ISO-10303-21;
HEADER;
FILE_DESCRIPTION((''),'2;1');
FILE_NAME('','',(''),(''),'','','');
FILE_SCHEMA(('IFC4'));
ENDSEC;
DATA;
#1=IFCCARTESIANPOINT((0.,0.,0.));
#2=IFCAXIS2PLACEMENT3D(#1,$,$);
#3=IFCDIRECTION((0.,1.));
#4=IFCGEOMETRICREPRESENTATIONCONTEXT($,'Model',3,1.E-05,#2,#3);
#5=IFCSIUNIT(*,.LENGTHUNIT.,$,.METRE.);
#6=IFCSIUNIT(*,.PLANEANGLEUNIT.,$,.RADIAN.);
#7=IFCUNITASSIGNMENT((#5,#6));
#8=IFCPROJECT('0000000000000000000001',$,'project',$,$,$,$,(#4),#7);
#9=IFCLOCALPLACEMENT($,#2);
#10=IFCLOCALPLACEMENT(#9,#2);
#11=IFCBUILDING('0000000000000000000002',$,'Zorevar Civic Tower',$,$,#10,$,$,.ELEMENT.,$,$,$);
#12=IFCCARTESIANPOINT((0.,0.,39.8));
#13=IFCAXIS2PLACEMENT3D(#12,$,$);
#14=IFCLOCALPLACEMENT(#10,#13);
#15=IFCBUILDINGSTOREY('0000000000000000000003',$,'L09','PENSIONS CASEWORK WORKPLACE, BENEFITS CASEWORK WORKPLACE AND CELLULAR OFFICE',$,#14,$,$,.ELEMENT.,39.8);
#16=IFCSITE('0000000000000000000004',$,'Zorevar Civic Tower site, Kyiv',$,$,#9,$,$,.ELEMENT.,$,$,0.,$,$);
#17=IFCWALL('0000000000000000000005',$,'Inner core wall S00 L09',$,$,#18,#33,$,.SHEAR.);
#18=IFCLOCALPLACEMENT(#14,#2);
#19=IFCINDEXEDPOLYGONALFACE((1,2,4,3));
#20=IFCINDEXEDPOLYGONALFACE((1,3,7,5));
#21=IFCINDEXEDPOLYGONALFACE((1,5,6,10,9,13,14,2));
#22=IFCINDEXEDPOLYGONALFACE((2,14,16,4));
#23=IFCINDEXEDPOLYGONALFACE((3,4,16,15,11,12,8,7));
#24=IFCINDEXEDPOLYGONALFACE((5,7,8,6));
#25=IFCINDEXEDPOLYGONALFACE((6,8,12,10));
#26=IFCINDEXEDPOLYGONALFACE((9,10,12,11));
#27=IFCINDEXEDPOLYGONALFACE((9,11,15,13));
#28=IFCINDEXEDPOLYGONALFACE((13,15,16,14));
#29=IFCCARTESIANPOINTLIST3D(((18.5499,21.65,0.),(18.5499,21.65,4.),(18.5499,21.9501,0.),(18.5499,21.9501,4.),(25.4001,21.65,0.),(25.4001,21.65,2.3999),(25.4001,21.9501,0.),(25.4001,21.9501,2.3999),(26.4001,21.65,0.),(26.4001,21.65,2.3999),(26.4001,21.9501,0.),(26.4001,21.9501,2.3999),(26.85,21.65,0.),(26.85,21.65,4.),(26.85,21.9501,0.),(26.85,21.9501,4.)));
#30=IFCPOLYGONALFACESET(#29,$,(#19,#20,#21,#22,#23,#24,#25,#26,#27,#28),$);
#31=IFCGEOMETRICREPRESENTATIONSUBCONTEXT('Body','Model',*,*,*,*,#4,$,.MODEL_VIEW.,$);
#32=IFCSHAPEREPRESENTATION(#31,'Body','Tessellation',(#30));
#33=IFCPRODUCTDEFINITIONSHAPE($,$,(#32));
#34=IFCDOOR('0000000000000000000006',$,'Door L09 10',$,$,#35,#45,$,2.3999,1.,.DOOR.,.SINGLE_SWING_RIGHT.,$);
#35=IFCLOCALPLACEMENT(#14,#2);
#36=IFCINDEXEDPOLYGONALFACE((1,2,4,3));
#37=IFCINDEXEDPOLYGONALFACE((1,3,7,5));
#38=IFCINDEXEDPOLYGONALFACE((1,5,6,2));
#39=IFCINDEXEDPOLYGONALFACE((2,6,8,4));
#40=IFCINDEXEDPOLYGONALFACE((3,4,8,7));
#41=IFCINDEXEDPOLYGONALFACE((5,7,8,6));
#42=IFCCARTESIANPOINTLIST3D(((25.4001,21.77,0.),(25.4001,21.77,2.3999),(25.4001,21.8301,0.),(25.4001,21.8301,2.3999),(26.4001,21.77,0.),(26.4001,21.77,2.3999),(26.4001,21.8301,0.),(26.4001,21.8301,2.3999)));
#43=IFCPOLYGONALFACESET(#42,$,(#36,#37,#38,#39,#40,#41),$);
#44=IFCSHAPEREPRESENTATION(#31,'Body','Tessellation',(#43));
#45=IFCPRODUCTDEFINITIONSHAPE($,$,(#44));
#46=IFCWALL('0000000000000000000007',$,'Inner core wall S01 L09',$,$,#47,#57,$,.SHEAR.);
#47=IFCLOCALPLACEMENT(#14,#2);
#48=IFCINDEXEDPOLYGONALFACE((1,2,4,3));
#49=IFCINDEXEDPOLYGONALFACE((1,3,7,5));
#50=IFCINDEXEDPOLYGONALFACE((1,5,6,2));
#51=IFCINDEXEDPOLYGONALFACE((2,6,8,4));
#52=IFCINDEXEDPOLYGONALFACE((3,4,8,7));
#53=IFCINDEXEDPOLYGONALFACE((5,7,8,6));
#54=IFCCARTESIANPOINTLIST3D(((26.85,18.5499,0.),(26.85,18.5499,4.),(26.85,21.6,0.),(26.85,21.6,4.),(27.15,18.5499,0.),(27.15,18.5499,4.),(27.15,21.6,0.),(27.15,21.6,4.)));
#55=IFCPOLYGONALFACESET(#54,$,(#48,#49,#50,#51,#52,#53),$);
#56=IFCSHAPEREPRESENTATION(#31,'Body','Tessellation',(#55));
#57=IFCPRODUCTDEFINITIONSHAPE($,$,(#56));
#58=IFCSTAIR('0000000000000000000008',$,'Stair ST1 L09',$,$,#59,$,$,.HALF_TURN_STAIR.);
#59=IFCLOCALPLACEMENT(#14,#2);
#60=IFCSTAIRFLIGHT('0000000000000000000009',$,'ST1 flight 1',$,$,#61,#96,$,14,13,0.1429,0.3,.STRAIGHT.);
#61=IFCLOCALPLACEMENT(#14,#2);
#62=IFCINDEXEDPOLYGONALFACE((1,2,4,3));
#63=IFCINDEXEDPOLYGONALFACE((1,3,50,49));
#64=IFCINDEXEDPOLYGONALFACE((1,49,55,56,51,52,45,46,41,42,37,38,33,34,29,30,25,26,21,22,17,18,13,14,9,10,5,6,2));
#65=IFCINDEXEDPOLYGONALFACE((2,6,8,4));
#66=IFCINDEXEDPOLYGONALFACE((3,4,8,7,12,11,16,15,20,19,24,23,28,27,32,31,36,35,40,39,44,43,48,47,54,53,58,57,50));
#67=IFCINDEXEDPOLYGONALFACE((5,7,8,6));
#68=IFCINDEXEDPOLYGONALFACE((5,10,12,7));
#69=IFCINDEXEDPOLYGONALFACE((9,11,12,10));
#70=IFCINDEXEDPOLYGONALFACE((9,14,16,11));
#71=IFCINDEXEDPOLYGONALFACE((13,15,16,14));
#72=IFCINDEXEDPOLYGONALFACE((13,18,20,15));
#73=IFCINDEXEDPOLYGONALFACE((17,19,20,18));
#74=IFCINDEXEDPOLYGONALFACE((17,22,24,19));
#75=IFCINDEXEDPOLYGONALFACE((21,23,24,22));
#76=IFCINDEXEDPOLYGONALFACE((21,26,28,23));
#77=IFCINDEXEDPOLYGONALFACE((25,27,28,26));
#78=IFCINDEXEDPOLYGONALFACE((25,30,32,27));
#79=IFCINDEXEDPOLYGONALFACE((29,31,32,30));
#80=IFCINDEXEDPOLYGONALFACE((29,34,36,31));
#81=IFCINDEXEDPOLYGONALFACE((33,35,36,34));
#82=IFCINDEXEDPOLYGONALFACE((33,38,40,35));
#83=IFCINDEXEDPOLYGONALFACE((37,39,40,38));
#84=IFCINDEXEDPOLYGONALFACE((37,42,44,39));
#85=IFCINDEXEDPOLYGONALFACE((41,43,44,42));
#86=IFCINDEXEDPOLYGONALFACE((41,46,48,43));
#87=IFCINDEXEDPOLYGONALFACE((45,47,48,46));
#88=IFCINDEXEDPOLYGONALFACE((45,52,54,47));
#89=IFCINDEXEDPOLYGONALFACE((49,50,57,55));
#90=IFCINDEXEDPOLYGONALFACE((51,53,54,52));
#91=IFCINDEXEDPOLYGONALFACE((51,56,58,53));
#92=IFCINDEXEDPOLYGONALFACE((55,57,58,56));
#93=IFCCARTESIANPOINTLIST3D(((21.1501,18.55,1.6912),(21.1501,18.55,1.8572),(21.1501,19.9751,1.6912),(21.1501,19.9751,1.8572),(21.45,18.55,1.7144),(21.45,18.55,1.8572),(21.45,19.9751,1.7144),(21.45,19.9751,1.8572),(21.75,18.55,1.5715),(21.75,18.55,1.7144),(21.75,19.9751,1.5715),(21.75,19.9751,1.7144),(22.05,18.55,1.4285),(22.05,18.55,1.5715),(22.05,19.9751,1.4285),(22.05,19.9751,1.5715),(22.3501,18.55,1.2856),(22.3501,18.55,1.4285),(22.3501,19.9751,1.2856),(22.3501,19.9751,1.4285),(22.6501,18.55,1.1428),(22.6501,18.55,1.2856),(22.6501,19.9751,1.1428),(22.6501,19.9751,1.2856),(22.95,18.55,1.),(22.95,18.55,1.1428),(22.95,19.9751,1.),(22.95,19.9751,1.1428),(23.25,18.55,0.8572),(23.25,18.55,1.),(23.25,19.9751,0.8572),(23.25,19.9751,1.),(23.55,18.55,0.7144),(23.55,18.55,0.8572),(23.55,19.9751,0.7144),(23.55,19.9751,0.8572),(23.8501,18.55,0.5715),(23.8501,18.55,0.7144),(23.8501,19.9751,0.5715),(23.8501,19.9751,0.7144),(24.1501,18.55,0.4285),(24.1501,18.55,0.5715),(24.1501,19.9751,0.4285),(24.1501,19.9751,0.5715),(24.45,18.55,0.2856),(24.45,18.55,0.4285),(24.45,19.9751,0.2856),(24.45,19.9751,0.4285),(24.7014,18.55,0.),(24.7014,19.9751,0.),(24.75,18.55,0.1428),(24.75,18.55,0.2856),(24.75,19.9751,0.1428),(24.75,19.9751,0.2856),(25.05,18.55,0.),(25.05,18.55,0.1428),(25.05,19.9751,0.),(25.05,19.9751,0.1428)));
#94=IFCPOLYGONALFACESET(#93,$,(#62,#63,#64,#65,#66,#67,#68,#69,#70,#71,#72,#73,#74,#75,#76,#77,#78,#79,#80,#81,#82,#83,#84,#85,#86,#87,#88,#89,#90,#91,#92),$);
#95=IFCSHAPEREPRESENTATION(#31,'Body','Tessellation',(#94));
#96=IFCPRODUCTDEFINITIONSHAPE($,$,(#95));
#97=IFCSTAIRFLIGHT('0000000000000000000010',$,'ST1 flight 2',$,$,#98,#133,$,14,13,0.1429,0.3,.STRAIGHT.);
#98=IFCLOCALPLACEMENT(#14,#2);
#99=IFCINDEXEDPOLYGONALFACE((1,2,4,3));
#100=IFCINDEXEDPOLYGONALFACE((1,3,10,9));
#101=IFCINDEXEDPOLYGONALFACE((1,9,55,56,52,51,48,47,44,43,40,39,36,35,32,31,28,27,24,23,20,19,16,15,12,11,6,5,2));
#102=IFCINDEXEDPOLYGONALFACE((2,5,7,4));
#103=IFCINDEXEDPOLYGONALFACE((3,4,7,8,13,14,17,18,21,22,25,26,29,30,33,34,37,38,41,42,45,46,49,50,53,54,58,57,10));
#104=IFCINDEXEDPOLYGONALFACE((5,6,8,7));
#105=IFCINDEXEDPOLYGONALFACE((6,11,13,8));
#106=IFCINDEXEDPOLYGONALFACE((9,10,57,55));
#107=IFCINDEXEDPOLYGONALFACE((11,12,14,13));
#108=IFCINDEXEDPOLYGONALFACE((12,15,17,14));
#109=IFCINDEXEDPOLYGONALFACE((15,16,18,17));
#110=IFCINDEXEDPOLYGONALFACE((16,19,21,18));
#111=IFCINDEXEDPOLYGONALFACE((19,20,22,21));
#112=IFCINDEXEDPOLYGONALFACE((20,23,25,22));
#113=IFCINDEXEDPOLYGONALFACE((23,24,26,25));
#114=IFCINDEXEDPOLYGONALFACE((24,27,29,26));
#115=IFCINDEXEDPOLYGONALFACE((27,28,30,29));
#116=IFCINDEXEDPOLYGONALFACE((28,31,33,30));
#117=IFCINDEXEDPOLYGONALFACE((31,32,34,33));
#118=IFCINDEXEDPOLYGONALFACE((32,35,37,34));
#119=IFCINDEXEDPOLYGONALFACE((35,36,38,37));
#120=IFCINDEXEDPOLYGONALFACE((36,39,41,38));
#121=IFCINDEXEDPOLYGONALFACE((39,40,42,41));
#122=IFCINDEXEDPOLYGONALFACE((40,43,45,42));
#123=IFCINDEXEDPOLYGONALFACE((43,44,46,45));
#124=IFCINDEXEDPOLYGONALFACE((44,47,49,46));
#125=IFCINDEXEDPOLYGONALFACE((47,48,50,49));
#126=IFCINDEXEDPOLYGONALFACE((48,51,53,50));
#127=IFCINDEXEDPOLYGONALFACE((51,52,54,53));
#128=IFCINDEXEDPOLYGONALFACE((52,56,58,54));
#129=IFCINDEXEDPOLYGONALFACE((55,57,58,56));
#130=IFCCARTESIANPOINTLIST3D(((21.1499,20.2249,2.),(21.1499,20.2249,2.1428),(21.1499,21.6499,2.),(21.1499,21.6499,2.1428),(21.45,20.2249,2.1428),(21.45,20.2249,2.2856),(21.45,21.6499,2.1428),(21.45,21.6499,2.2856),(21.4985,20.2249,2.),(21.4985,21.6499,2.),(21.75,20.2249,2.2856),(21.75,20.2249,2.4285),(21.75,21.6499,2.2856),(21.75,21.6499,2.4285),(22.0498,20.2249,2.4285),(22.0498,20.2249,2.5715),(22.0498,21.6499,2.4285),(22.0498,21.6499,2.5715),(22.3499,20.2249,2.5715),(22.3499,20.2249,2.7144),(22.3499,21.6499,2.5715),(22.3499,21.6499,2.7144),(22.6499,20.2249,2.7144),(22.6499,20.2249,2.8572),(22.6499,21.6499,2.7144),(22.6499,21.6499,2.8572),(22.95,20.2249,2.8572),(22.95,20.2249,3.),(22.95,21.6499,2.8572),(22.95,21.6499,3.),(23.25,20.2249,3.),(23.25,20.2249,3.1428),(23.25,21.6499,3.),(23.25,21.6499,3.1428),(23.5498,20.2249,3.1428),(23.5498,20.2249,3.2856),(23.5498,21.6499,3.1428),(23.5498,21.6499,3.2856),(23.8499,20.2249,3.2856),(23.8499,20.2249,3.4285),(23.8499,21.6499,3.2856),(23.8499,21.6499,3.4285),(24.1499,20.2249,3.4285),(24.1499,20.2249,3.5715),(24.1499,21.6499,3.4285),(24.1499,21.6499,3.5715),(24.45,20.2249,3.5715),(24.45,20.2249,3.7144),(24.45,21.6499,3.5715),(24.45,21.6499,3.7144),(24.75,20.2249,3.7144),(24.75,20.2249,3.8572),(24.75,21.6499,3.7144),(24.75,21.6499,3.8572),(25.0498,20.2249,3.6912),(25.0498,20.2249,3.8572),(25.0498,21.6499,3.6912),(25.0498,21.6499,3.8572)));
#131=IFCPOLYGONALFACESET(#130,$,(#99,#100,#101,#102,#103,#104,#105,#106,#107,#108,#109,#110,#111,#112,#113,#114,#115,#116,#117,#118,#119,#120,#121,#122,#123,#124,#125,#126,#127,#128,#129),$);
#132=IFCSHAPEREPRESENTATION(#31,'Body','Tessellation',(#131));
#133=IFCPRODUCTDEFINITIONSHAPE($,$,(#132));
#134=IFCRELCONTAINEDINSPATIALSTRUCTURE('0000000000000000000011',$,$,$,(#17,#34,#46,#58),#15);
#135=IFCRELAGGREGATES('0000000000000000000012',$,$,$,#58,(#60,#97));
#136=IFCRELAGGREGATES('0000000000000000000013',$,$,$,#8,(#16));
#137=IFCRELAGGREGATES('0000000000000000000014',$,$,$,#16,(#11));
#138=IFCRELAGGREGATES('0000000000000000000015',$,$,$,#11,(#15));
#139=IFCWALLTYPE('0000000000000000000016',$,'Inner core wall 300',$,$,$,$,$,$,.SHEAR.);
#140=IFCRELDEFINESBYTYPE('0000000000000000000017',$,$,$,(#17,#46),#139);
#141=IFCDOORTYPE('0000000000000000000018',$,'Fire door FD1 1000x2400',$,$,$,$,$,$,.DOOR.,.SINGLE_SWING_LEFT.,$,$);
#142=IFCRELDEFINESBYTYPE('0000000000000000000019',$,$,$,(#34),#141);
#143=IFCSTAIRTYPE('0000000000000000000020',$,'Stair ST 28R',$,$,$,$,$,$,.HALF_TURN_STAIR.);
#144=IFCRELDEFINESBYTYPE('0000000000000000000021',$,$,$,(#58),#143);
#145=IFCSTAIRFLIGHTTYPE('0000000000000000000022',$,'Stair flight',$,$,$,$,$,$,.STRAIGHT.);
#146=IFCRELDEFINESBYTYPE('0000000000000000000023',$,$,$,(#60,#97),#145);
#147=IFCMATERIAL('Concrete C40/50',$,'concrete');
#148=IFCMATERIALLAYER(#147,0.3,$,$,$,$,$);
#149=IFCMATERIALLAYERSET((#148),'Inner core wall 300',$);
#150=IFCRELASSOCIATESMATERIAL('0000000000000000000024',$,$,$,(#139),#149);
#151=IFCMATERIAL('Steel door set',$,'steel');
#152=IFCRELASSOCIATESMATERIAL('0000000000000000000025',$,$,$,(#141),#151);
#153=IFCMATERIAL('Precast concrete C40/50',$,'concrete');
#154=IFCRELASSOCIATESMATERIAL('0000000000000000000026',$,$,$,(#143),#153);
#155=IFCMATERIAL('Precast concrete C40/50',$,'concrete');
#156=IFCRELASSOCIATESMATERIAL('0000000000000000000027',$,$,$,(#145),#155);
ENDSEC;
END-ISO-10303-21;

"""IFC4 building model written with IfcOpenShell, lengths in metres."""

from ifc_helpers import new_model, si_unit, direction, frame, frame_2d, origin, place, context, subcontext, project, spatial, polyline, rectangle, outline, extrude, material, layer, layer_set, type_object, element, fill, aggregate, save


model = new_model("IFC4")

# Units and contexts
model_context = context("Model", 3, precision=1e-05, world=origin(), true_north=direction((0.0, 1.0)))
body_context = subcontext(model_context, "Body", "Model", "MODEL_VIEW")
ifc_project = project(units=[si_unit("LENGTHUNIT", "METRE"), si_unit("PLANEANGLEUNIT", "RADIAN")], contexts=[model_context])

# Site, building, storey
site_placement = place(None, origin())
site = spatial("IfcSite", under=ifc_project, at=site_placement, Name="Zorevar Civic Tower site, Kyiv", CompositionType="ELEMENT", RefElevation=0.0)
building_placement = place(site_placement, origin())
building = spatial("IfcBuilding", under=site, at=building_placement, Name="Zorevar Civic Tower", CompositionType="ELEMENT")
storey_placement = place(building_placement, frame((0.0, 0.0, 39.8)))
storey = spatial("IfcBuildingStorey", under=building, at=storey_placement, Name="L09", Description="PENSIONS CASEWORK WORKPLACE, BENEFITS CASEWORK WORKPLACE AND CELLULAR OFFICE", CompositionType="ELEMENT", Elevation=39.8)

# Wall, opening, door
ifc_material_1 = material(Name="Concrete C40/50", Category="concrete")
ifc_layer = layer(ifc_material_1, 0.3)
ifc_layer_set = layer_set([ifc_layer], Name="Inner core wall 300")
wall_type = type_object("IfcWallType", Name="Inner core wall 300", PredefinedType="SHEAR", material=ifc_layer_set)
wall_1_placement = place(storey_placement, frame((18.55, 21.8, 0.0), z_axis=(0.0, 0.0, 1.0), x_axis=(1.0, 0.0, 0.0)))
wall_1 = element("IfcWall", 1, at=wall_1_placement, inside=storey, type_object=wall_type, Name="Inner core wall S00 L09", PredefinedType="SHEAR", context=body_context, shape_type="SweptSolid", body=[
    extrude(rectangle(XDim=8.3, YDim=0.3, at=frame_2d((4.1499, 0.0))), origin(), (0.0, 0.0, 1.0), 4.0),
])
opening_1_placement = place(wall_1_placement, frame((6.8501, 0.0, 0.0)))
opening_1 = element("IfcOpeningElement", 2, at=opening_1_placement, cuts=wall_1, PredefinedType="OPENING", context=body_context, shape_type="SweptSolid", body=[
    extrude(rectangle(XDim=1.0, YDim=2.3999, at=frame_2d((0.5, 1.2))), frame((0.0, 0.1599, 0.0), z_axis=(0.0, -1.0, 0.0), x_axis=(1.0, 0.0, 0.0)), (0.0, 0.0, 1.0), 0.3201),
])
ifc_material_2 = material(Name="Steel door set", Category="steel")
door_type_1 = type_object("IfcDoorType", Name="Fire door FD1 1000x2400", OperationType="SINGLE_SWING_LEFT", PredefinedType="DOOR", material=ifc_material_2)
door_1_placement = place(opening_1_placement, origin())
door_1 = element("IfcDoor", 3, at=door_1_placement, inside=storey, type_object=door_type_1, Name="Door L09 10", OperationType="SINGLE_SWING_RIGHT", OverallHeight=2.3999, OverallWidth=1.0, PredefinedType="DOOR", context=body_context, shape_type="SweptSolid", body=[
    extrude(rectangle(XDim=1.0, YDim=2.3999, at=frame_2d((0.5, 1.2))), frame((0.0, 0.03, 0.0), z_axis=(0.0, -1.0, 0.0), x_axis=(1.0, 0.0, 0.0)), (0.0, 0.0, 1.0), 0.0601),
])
fill(opening_1, door_1)

# Wall
wall_2_placement = place(storey_placement, frame((27.0, 18.55, 0.0), z_axis=(0.0, 0.0, 1.0), x_axis=(0.0, 1.0, 0.0)))
element("IfcWall", 4, at=wall_2_placement, inside=storey, type_object=wall_type, Name="Inner core wall S01 L09", PredefinedType="SHEAR", context=body_context, shape_type="SweptSolid", body=[
    extrude(rectangle(XDim=3.05, YDim=0.3, at=frame_2d((1.5249, 0.0))), origin(), (0.0, 0.0, 1.0), 4.0),
])

# Stair, stair flights
ifc_material_3 = material(Name="Precast concrete C40/50", Category="concrete")
stair_type = type_object("IfcStairType", Name="Stair ST 28R", PredefinedType="HALF_TURN_STAIR", material=ifc_material_3)
stair_placement = place(storey_placement, origin())
stair = element("IfcStair", 5, at=stair_placement, inside=storey, type_object=stair_type, Name="Stair ST1 L09", PredefinedType="HALF_TURN_STAIR")
ifc_material_4 = material(Name="Precast concrete C40/50", Category="concrete")
stair_flight_type = type_object("IfcStairFlightType", Name="Stair flight", PredefinedType="STRAIGHT", material=ifc_material_4)
stair_flight_1_placement = place(storey_placement, frame((25.05, 19.2625, 0.0), z_axis=(0.0, 0.0, 1.0), x_axis=(-1.0, 0.0, 0.0)))
stair_flight_1 = element("IfcStairFlight", 6, at=stair_flight_1_placement, type_object=stair_flight_type, Name="ST1 flight 1", NumberOfRisers=14, NumberOfTreads=13, PredefinedType="STRAIGHT", RiserHeight=0.1429, TreadLength=0.3, context=body_context, shape_type="SweptSolid", body=[
    extrude(outline(polyline([(0.0, 0.0), (0.0, 0.1428), (0.3, 0.1428), (0.3, 0.2856), (0.6001, 0.2856), (0.6001, 0.4285), (0.8999, 0.4285), (0.8999, 0.5715), (1.2, 0.5715), (1.2, 0.7144), (1.5, 0.7144), (1.5, 0.8572), (1.8, 0.8572), (1.8, 1.0), (2.1001, 1.0), (2.1001, 1.1428), (2.3999, 1.1428), (2.3999, 1.2856), (2.7, 1.2856), (2.7, 1.4285), (3.0, 1.4285), (3.0, 1.5715), (3.3, 1.5715), (3.3, 1.7144), (3.6001, 1.7144), (3.6001, 1.8572), (3.8999, 1.8572), (3.8999, 2.0), (3.8999, 1.6912), (0.3486, 0.0), (0.0, 0.0)])), frame((0.0, 0.7124, 0.0), z_axis=(0.0, -1.0, 0.0), x_axis=(1.0, 0.0, 0.0)), (0.0, 0.0, 1.0), 1.425),
])
stair_flight_2_placement = place(storey_placement, frame((21.1499, 20.9375, 2.0), z_axis=(0.0, 0.0, 1.0), x_axis=(1.0, 0.0, 0.0)))
stair_flight_2 = element("IfcStairFlight", 7, at=stair_flight_2_placement, type_object=stair_flight_type, Name="ST1 flight 2", NumberOfRisers=14, NumberOfTreads=13, PredefinedType="STRAIGHT", RiserHeight=0.1429, TreadLength=0.3, context=body_context, shape_type="SweptSolid", body=[
    extrude(outline(polyline([(0.0, 0.0), (0.0, 0.1428), (0.3, 0.1428), (0.3, 0.2856), (0.6001, 0.2856), (0.6001, 0.4285), (0.8999, 0.4285), (0.8999, 0.5715), (1.2, 0.5715), (1.2, 0.7144), (1.5, 0.7144), (1.5, 0.8572), (1.8, 0.8572), (1.8, 1.0), (2.1001, 1.0), (2.1001, 1.1428), (2.3999, 1.1428), (2.3999, 1.2856), (2.7, 1.2856), (2.7, 1.4285), (3.0, 1.4285), (3.0, 1.5715), (3.3, 1.5715), (3.3, 1.7144), (3.6001, 1.7144), (3.6001, 1.8572), (3.8999, 1.8572), (3.8999, 2.0), (3.8999, 1.6912), (0.3486, 0.0), (0.0, 0.0)])), frame((0.0, 0.7124, 0.0), z_axis=(0.0, -1.0, 0.0), x_axis=(1.0, 0.0, 0.0)), (0.0, 0.0, 1.0), 1.425),
])
aggregate(stair, [stair_flight_1, stair_flight_2])

save(model, "model.ifc")
